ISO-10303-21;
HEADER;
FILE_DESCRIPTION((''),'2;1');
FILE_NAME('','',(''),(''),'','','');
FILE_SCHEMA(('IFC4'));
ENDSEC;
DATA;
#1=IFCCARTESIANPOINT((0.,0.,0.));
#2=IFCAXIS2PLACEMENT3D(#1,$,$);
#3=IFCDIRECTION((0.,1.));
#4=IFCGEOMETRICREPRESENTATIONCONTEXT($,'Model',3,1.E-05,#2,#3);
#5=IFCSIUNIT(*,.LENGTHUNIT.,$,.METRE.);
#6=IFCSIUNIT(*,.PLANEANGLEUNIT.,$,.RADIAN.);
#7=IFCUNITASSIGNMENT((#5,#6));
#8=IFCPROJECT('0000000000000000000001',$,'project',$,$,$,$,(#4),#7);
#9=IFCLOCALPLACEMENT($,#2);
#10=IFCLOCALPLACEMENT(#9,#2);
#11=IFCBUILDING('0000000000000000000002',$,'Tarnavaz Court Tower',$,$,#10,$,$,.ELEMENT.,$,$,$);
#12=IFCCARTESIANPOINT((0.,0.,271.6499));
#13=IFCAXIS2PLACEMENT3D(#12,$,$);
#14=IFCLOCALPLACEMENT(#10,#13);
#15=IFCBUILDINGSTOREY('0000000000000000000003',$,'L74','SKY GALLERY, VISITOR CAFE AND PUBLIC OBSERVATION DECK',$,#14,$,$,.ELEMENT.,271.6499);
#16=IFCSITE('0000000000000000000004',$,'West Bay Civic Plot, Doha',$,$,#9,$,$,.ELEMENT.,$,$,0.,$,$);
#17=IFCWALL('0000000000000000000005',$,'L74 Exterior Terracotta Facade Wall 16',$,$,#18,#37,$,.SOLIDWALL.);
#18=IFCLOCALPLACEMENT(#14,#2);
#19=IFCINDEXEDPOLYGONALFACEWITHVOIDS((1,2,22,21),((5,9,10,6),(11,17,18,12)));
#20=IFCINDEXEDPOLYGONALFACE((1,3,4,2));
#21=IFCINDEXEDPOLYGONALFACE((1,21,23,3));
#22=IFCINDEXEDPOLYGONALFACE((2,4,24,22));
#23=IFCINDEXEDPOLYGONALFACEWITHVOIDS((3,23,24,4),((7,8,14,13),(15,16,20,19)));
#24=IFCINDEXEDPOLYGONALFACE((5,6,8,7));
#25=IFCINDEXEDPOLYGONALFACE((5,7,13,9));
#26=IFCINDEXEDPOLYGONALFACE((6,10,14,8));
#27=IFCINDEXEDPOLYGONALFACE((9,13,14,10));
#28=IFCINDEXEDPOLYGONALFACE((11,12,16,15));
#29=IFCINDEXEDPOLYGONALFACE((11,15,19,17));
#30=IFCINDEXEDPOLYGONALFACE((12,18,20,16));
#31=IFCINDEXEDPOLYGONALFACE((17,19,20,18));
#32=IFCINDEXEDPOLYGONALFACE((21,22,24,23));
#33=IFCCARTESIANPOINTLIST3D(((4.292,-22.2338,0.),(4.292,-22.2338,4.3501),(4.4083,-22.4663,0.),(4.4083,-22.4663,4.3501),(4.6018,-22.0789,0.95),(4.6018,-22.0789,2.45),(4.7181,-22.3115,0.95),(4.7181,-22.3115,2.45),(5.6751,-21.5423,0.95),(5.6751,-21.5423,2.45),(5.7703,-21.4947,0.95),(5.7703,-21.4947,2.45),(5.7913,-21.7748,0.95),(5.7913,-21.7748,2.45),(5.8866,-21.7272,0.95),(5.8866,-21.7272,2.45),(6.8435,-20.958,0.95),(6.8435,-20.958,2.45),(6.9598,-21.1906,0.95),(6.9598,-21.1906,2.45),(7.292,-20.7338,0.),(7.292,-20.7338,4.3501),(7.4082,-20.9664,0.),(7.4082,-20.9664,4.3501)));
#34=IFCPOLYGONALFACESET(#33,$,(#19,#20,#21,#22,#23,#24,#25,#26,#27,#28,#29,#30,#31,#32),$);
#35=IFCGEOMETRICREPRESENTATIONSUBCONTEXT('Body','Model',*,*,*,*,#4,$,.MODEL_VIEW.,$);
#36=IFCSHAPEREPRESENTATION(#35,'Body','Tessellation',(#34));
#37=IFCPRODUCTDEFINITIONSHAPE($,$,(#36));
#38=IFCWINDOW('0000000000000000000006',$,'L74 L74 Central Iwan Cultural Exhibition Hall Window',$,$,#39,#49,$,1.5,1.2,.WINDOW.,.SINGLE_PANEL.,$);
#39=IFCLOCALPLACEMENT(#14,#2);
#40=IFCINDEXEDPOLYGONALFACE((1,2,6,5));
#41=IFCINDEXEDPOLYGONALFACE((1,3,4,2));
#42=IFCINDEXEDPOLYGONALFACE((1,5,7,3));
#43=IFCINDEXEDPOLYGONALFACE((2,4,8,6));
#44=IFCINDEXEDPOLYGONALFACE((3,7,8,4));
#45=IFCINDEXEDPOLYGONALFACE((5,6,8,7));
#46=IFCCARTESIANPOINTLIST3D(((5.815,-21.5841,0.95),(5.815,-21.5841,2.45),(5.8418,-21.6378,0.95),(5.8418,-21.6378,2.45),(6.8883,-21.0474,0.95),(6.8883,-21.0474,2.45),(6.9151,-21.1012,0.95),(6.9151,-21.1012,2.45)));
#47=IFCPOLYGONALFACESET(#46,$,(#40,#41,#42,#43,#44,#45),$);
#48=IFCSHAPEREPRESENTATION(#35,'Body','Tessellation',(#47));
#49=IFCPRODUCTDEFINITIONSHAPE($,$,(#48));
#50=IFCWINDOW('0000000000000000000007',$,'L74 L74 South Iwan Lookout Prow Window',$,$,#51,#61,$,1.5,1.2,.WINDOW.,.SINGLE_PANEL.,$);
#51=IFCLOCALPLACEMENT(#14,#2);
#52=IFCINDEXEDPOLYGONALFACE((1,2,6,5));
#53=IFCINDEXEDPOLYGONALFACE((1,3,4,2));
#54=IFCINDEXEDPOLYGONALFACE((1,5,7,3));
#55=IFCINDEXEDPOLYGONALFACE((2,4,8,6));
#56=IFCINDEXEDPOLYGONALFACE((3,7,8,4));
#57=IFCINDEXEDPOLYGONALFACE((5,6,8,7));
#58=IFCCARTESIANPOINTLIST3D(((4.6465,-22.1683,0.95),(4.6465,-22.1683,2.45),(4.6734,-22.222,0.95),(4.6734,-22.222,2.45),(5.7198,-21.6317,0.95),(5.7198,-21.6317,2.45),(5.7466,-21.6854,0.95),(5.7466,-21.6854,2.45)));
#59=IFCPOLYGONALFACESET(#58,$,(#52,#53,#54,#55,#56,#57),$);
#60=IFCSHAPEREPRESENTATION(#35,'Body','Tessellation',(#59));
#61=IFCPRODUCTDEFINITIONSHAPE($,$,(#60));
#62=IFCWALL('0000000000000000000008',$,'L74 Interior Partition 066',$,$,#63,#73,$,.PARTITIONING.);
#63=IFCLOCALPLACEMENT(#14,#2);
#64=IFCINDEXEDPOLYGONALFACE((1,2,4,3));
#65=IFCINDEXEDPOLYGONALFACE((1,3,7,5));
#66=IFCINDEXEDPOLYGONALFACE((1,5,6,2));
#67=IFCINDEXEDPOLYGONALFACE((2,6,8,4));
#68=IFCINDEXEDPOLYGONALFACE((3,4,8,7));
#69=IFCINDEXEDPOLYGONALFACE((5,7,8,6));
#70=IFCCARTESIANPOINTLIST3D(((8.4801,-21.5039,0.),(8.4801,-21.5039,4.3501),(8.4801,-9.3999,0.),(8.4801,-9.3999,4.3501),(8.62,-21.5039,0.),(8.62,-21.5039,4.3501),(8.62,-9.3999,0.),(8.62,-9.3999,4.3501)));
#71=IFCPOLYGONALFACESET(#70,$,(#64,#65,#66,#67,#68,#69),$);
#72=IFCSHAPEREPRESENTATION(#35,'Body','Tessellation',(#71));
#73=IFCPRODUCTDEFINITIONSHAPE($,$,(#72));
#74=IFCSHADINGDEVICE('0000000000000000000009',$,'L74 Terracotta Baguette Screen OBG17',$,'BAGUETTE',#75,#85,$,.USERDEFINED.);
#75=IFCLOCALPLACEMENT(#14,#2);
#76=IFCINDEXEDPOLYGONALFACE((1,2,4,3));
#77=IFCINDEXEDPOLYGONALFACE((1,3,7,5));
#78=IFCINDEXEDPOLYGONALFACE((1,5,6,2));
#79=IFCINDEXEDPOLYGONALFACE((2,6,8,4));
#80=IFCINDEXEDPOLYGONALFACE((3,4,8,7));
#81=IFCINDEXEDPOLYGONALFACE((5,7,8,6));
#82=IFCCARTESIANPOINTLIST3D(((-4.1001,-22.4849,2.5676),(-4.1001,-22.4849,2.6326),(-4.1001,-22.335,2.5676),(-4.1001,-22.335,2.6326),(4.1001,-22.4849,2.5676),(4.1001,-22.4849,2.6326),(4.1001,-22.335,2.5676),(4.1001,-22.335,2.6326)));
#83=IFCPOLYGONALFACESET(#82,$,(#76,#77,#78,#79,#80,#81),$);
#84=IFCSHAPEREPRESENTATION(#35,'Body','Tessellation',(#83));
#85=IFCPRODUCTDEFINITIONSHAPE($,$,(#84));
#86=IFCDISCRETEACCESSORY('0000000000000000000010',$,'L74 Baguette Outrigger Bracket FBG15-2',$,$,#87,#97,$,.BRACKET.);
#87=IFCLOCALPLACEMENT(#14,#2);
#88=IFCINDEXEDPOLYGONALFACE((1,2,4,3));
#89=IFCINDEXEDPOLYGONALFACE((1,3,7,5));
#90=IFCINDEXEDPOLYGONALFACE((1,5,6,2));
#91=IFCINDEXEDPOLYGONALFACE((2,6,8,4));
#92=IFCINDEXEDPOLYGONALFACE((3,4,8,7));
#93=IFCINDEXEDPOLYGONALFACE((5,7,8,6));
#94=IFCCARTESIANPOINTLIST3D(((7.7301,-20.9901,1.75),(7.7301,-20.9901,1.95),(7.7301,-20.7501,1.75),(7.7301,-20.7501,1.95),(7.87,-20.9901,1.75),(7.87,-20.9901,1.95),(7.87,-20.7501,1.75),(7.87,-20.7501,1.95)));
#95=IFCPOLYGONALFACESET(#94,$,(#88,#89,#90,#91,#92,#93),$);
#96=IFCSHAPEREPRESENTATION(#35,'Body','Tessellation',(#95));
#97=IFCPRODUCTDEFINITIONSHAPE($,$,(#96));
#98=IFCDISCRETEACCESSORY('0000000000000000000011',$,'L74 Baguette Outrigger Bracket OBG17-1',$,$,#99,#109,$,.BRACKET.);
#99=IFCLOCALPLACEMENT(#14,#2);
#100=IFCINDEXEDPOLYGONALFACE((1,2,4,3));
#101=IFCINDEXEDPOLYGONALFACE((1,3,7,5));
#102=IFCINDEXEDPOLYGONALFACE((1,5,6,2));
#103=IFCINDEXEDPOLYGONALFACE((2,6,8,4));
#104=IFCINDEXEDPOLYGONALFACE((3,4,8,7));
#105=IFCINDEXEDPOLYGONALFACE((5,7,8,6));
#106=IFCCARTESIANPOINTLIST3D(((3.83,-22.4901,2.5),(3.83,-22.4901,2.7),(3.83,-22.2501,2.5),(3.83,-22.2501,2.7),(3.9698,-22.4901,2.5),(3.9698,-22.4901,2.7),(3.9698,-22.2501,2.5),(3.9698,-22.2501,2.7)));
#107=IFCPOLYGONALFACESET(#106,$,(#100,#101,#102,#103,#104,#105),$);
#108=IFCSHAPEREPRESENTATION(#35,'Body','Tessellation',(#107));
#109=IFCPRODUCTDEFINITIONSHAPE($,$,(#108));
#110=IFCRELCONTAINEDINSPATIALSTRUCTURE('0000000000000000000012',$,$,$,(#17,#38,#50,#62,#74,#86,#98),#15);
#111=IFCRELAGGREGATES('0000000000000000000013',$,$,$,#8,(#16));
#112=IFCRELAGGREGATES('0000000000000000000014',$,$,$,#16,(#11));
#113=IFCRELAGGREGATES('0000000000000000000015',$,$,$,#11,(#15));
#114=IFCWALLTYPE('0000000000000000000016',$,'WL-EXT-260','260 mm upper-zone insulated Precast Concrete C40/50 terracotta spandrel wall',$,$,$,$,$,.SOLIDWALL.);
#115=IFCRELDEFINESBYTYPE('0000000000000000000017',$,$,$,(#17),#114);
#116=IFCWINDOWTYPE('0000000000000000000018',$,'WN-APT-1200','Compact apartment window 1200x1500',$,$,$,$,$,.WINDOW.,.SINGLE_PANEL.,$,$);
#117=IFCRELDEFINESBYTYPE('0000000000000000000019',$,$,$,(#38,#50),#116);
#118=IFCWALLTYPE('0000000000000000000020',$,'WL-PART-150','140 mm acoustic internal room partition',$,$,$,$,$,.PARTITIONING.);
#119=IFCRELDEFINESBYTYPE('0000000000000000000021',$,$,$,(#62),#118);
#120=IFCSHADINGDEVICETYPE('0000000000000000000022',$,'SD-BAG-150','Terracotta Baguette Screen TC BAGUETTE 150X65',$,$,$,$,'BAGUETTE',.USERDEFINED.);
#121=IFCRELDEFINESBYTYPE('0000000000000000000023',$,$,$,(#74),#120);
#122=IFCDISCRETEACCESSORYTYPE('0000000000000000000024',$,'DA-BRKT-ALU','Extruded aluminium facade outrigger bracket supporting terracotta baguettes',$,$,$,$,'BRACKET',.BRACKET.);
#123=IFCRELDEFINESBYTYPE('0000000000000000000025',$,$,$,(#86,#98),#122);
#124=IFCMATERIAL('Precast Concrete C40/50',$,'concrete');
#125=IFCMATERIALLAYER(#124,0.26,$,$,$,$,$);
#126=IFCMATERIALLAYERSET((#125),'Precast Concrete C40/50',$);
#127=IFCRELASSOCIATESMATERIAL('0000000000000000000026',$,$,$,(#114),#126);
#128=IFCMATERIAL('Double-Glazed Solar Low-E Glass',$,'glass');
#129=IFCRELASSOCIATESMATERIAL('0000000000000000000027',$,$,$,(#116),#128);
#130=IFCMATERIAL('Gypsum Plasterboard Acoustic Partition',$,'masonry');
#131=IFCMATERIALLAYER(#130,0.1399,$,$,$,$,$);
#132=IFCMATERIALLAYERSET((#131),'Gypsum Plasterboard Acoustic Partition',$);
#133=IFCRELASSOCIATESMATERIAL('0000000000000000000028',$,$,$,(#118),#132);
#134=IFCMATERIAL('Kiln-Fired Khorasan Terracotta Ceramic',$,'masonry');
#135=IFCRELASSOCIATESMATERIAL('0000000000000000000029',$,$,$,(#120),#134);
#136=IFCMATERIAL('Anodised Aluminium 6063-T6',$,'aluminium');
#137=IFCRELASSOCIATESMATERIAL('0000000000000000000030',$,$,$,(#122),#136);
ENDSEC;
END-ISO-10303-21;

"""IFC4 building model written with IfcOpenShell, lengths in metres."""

from ifc_helpers import new_model, si_unit, direction, frame, frame_2d, origin, origin_2d, place, context, subcontext, project, spatial, rectangle, extrude, material, layer, layer_set, material_profile, profile_set, type_object, element, fill, save


model = new_model("IFC4")

# Units and contexts
model_context = context("Model", 3, precision=1e-05, world=origin(), true_north=direction((0.0, 1.0)))
body_context = subcontext(model_context, "Body", "Model", "MODEL_VIEW")
ifc_project = project(units=[si_unit("LENGTHUNIT", "METRE"), si_unit("PLANEANGLEUNIT", "RADIAN")], contexts=[model_context])

# Site, building, storey
site_placement = place(None, origin())
site = spatial("IfcSite", under=ifc_project, at=site_placement, Name="West Bay Civic Plot, Doha", CompositionType="ELEMENT", RefElevation=0.0)
building_placement = place(site_placement, origin())
building = spatial("IfcBuilding", under=site, at=building_placement, Name="Tarnavaz Court Tower", CompositionType="ELEMENT")
storey_placement = place(building_placement, frame((0.0, 0.0, 271.6499)))
storey = spatial("IfcBuildingStorey", under=building, at=storey_placement, Name="L74", Description="SKY GALLERY, VISITOR CAFE AND PUBLIC OBSERVATION DECK", CompositionType="ELEMENT", Elevation=271.6499)

# Shared definitions
ifc_material_1 = material(Name="Anodised Aluminium 6063-T6", Category="aluminium")
ifc_material_2 = material(Name="Double-Glazed Solar Low-E Glass", Category="glass")

# Wall, openings, windows
ifc_material_3 = material(Name="Precast Concrete C40/50", Category="concrete")
ifc_layer_1 = layer(ifc_material_3, 0.26)
ifc_layer_set_1 = layer_set([ifc_layer_1], Name="Precast Concrete C40/50")
wall_type_1 = type_object("IfcWallType", Name="WL-EXT-260", Description="260 mm upper-zone insulated Precast Concrete C40/50 terracotta spandrel wall", PredefinedType="SOLIDWALL", material=ifc_layer_set_1)
wall_1_placement = place(storey_placement, frame((7.3501, -20.8501, 0.0), z_axis=(0.0, 0.0, 1.0), x_axis=(-0.894427, -0.447214, 0.0)))
wall_1 = element("IfcWall", 1, at=wall_1_placement, inside=storey, type_object=wall_type_1, Name="L74 Exterior Terracotta Facade Wall 16", PredefinedType="SOLIDWALL", context=body_context, shape_type="SweptSolid", body=[
    extrude(rectangle(XDim=3.354, YDim=0.26, at=frame_2d((1.677, 0.0))), origin(), (0.0, 0.0, 1.0), 4.3501),
])
opening_1_placement = place(wall_1_placement, frame((0.5012, 0.0, 0.95)))
opening_1 = element("IfcOpeningElement", 2, at=opening_1_placement, cuts=wall_1, PredefinedType="OPENING", context=body_context, shape_type="SweptSolid", body=[
    extrude(rectangle(XDim=1.2, YDim=1.5, at=frame_2d((0.6001, 0.75))), frame((0.0, 0.1399, 0.0), z_axis=(0.0, -1.0, 0.0), x_axis=(1.0, 0.0, 0.0)), (0.0, 0.0, 1.0), 0.28),
])
opening_2_placement = place(wall_1_placement, frame((1.8076, 0.0, 0.95)))
opening_2 = element("IfcOpeningElement", 3, at=opening_2_placement, cuts=wall_1, PredefinedType="OPENING", context=body_context, shape_type="SweptSolid", body=[
    extrude(rectangle(XDim=1.2, YDim=1.5, at=frame_2d((0.6001, 0.75))), frame((0.0, 0.1399, 0.0), z_axis=(0.0, -1.0, 0.0), x_axis=(1.0, 0.0, 0.0)), (0.0, 0.0, 1.0), 0.28),
])
window_type = type_object("IfcWindowType", Name="WN-APT-1200", Description="Compact apartment window 1200x1500", PartitioningType="SINGLE_PANEL", PredefinedType="WINDOW", material=ifc_material_2)
window_1_placement = place(opening_1_placement, origin())
window_1 = element("IfcWindow", 4, at=window_1_placement, inside=storey, type_object=window_type, Name="L74 L74 Central Iwan Cultural Exhibition Hall Window", OverallHeight=1.5, OverallWidth=1.2, PartitioningType="SINGLE_PANEL", PredefinedType="WINDOW", context=body_context, shape_type="SweptSolid", body=[
    extrude(rectangle(XDim=1.2, YDim=1.5, at=frame_2d((0.6001, 0.75))), frame((0.0, 0.03, 0.0), z_axis=(0.0, -1.0, 0.0), x_axis=(1.0, 0.0, 0.0)), (0.0, 0.0, 1.0), 0.0601),
])
fill(opening_1, window_1)
window_2_placement = place(opening_2_placement, origin())
window_2 = element("IfcWindow", 5, at=window_2_placement, inside=storey, type_object=window_type, Name="L74 L74 South Iwan Lookout Prow Window", OverallHeight=1.5, OverallWidth=1.2, PartitioningType="SINGLE_PANEL", PredefinedType="WINDOW", context=body_context, shape_type="SweptSolid", body=[
    extrude(rectangle(XDim=1.2, YDim=1.5, at=frame_2d((0.6001, 0.75))), frame((0.0, 0.03, 0.0), z_axis=(0.0, -1.0, 0.0), x_axis=(1.0, 0.0, 0.0)), (0.0, 0.0, 1.0), 0.0601),
])
fill(opening_2, window_2)

# Wall
ifc_material_4 = material(Name="Gypsum Plasterboard Acoustic Partition", Category="masonry")
ifc_layer_2 = layer(ifc_material_4, 0.1399)
ifc_layer_set_2 = layer_set([ifc_layer_2], Name="Gypsum Plasterboard Acoustic Partition")
wall_type_2 = type_object("IfcWallType", Name="WL-PART-150", Description="140 mm acoustic internal room partition", PredefinedType="PARTITIONING", material=ifc_layer_set_2)
wall_2_placement = place(storey_placement, frame((8.55, -21.5039, 0.0), z_axis=(0.0, 0.0, 1.0), x_axis=(0.0, 1.0, 0.0)))
element("IfcWall", 6, at=wall_2_placement, inside=storey, type_object=wall_type_2, Name="L74 Interior Partition 066", PredefinedType="PARTITIONING", context=body_context, shape_type="SweptSolid", body=[
    extrude(rectangle(XDim=12.104, YDim=0.1399, at=frame_2d((6.052, 0.0))), origin(), (0.0, 0.0, 1.0), 4.3501),
])

# Shading device
ifc_material_5 = material(Name="Kiln-Fired Khorasan Terracotta Ceramic", Category="masonry")
ifc_material_profile_1 = material_profile(ifc_material_5, rectangle(XDim=0.1499, YDim=0.0649, at=origin_2d()), Name="TC BAGUETTE 150X65")
ifc_profile_set_1 = profile_set([ifc_material_profile_1], Name="Kiln-Fired Khorasan Terracotta Ceramic")
shading_device_type = type_object("IfcShadingDeviceType", Name="SD-BAG-150", Description="Terracotta Baguette Screen TC BAGUETTE 150X65", ElementType="BAGUETTE", PredefinedType="USERDEFINED", material=ifc_profile_set_1)
shading_device_placement = place(storey_placement, frame((4.1001, -22.4099, 2.6001), z_axis=(-1.0, 0.0, 0.0), x_axis=(0.0, -1.0, 0.0)))
element("IfcShadingDevice", 7, at=shading_device_placement, inside=storey, type_object=shading_device_type, Name="L74 Terracotta Baguette Screen OBG17", ObjectType="BAGUETTE", PredefinedType="USERDEFINED", context=body_context, shape_type="SweptSolid", body=[
    extrude(rectangle(XDim=0.1499, YDim=0.0649, at=origin_2d()), origin(), (0.0, 0.0, 1.0), 8.2002),
])

# Discrete accessories
discrete_accessory_type = type_object("IfcDiscreteAccessoryType", Name="DA-BRKT-ALU", Description="Extruded aluminium facade outrigger bracket supporting terracotta baguettes", ElementType="BRACKET", PredefinedType="BRACKET", material=ifc_material_1)
for number, where, z_axis, x_axis, name in (
    (8, (7.8, -20.8701, 1.75), (0.0, 0.0, 1.0), (-1.0, 0.0, 0.0), "L74 Baguette Outrigger Bracket FBG15-2"),
    (9, (3.8999, -22.3701, 2.5), (0.0, 0.0, 1.0), (-1.0, 0.0, 0.0), "L74 Baguette Outrigger Bracket OBG17-1"),
):
    element("IfcDiscreteAccessory", number, at=place(storey_placement, frame(where, z_axis=z_axis, x_axis=x_axis)), inside=storey, type_object=discrete_accessory_type, Name=name, PredefinedType="BRACKET", context=body_context, shape_type="SweptSolid", body=[
        extrude(rectangle(XDim=0.1399, YDim=0.24, at=origin_2d()), origin(), (0.0, 0.0, 1.0), 0.2),
    ])

save(model, "model.ifc")
